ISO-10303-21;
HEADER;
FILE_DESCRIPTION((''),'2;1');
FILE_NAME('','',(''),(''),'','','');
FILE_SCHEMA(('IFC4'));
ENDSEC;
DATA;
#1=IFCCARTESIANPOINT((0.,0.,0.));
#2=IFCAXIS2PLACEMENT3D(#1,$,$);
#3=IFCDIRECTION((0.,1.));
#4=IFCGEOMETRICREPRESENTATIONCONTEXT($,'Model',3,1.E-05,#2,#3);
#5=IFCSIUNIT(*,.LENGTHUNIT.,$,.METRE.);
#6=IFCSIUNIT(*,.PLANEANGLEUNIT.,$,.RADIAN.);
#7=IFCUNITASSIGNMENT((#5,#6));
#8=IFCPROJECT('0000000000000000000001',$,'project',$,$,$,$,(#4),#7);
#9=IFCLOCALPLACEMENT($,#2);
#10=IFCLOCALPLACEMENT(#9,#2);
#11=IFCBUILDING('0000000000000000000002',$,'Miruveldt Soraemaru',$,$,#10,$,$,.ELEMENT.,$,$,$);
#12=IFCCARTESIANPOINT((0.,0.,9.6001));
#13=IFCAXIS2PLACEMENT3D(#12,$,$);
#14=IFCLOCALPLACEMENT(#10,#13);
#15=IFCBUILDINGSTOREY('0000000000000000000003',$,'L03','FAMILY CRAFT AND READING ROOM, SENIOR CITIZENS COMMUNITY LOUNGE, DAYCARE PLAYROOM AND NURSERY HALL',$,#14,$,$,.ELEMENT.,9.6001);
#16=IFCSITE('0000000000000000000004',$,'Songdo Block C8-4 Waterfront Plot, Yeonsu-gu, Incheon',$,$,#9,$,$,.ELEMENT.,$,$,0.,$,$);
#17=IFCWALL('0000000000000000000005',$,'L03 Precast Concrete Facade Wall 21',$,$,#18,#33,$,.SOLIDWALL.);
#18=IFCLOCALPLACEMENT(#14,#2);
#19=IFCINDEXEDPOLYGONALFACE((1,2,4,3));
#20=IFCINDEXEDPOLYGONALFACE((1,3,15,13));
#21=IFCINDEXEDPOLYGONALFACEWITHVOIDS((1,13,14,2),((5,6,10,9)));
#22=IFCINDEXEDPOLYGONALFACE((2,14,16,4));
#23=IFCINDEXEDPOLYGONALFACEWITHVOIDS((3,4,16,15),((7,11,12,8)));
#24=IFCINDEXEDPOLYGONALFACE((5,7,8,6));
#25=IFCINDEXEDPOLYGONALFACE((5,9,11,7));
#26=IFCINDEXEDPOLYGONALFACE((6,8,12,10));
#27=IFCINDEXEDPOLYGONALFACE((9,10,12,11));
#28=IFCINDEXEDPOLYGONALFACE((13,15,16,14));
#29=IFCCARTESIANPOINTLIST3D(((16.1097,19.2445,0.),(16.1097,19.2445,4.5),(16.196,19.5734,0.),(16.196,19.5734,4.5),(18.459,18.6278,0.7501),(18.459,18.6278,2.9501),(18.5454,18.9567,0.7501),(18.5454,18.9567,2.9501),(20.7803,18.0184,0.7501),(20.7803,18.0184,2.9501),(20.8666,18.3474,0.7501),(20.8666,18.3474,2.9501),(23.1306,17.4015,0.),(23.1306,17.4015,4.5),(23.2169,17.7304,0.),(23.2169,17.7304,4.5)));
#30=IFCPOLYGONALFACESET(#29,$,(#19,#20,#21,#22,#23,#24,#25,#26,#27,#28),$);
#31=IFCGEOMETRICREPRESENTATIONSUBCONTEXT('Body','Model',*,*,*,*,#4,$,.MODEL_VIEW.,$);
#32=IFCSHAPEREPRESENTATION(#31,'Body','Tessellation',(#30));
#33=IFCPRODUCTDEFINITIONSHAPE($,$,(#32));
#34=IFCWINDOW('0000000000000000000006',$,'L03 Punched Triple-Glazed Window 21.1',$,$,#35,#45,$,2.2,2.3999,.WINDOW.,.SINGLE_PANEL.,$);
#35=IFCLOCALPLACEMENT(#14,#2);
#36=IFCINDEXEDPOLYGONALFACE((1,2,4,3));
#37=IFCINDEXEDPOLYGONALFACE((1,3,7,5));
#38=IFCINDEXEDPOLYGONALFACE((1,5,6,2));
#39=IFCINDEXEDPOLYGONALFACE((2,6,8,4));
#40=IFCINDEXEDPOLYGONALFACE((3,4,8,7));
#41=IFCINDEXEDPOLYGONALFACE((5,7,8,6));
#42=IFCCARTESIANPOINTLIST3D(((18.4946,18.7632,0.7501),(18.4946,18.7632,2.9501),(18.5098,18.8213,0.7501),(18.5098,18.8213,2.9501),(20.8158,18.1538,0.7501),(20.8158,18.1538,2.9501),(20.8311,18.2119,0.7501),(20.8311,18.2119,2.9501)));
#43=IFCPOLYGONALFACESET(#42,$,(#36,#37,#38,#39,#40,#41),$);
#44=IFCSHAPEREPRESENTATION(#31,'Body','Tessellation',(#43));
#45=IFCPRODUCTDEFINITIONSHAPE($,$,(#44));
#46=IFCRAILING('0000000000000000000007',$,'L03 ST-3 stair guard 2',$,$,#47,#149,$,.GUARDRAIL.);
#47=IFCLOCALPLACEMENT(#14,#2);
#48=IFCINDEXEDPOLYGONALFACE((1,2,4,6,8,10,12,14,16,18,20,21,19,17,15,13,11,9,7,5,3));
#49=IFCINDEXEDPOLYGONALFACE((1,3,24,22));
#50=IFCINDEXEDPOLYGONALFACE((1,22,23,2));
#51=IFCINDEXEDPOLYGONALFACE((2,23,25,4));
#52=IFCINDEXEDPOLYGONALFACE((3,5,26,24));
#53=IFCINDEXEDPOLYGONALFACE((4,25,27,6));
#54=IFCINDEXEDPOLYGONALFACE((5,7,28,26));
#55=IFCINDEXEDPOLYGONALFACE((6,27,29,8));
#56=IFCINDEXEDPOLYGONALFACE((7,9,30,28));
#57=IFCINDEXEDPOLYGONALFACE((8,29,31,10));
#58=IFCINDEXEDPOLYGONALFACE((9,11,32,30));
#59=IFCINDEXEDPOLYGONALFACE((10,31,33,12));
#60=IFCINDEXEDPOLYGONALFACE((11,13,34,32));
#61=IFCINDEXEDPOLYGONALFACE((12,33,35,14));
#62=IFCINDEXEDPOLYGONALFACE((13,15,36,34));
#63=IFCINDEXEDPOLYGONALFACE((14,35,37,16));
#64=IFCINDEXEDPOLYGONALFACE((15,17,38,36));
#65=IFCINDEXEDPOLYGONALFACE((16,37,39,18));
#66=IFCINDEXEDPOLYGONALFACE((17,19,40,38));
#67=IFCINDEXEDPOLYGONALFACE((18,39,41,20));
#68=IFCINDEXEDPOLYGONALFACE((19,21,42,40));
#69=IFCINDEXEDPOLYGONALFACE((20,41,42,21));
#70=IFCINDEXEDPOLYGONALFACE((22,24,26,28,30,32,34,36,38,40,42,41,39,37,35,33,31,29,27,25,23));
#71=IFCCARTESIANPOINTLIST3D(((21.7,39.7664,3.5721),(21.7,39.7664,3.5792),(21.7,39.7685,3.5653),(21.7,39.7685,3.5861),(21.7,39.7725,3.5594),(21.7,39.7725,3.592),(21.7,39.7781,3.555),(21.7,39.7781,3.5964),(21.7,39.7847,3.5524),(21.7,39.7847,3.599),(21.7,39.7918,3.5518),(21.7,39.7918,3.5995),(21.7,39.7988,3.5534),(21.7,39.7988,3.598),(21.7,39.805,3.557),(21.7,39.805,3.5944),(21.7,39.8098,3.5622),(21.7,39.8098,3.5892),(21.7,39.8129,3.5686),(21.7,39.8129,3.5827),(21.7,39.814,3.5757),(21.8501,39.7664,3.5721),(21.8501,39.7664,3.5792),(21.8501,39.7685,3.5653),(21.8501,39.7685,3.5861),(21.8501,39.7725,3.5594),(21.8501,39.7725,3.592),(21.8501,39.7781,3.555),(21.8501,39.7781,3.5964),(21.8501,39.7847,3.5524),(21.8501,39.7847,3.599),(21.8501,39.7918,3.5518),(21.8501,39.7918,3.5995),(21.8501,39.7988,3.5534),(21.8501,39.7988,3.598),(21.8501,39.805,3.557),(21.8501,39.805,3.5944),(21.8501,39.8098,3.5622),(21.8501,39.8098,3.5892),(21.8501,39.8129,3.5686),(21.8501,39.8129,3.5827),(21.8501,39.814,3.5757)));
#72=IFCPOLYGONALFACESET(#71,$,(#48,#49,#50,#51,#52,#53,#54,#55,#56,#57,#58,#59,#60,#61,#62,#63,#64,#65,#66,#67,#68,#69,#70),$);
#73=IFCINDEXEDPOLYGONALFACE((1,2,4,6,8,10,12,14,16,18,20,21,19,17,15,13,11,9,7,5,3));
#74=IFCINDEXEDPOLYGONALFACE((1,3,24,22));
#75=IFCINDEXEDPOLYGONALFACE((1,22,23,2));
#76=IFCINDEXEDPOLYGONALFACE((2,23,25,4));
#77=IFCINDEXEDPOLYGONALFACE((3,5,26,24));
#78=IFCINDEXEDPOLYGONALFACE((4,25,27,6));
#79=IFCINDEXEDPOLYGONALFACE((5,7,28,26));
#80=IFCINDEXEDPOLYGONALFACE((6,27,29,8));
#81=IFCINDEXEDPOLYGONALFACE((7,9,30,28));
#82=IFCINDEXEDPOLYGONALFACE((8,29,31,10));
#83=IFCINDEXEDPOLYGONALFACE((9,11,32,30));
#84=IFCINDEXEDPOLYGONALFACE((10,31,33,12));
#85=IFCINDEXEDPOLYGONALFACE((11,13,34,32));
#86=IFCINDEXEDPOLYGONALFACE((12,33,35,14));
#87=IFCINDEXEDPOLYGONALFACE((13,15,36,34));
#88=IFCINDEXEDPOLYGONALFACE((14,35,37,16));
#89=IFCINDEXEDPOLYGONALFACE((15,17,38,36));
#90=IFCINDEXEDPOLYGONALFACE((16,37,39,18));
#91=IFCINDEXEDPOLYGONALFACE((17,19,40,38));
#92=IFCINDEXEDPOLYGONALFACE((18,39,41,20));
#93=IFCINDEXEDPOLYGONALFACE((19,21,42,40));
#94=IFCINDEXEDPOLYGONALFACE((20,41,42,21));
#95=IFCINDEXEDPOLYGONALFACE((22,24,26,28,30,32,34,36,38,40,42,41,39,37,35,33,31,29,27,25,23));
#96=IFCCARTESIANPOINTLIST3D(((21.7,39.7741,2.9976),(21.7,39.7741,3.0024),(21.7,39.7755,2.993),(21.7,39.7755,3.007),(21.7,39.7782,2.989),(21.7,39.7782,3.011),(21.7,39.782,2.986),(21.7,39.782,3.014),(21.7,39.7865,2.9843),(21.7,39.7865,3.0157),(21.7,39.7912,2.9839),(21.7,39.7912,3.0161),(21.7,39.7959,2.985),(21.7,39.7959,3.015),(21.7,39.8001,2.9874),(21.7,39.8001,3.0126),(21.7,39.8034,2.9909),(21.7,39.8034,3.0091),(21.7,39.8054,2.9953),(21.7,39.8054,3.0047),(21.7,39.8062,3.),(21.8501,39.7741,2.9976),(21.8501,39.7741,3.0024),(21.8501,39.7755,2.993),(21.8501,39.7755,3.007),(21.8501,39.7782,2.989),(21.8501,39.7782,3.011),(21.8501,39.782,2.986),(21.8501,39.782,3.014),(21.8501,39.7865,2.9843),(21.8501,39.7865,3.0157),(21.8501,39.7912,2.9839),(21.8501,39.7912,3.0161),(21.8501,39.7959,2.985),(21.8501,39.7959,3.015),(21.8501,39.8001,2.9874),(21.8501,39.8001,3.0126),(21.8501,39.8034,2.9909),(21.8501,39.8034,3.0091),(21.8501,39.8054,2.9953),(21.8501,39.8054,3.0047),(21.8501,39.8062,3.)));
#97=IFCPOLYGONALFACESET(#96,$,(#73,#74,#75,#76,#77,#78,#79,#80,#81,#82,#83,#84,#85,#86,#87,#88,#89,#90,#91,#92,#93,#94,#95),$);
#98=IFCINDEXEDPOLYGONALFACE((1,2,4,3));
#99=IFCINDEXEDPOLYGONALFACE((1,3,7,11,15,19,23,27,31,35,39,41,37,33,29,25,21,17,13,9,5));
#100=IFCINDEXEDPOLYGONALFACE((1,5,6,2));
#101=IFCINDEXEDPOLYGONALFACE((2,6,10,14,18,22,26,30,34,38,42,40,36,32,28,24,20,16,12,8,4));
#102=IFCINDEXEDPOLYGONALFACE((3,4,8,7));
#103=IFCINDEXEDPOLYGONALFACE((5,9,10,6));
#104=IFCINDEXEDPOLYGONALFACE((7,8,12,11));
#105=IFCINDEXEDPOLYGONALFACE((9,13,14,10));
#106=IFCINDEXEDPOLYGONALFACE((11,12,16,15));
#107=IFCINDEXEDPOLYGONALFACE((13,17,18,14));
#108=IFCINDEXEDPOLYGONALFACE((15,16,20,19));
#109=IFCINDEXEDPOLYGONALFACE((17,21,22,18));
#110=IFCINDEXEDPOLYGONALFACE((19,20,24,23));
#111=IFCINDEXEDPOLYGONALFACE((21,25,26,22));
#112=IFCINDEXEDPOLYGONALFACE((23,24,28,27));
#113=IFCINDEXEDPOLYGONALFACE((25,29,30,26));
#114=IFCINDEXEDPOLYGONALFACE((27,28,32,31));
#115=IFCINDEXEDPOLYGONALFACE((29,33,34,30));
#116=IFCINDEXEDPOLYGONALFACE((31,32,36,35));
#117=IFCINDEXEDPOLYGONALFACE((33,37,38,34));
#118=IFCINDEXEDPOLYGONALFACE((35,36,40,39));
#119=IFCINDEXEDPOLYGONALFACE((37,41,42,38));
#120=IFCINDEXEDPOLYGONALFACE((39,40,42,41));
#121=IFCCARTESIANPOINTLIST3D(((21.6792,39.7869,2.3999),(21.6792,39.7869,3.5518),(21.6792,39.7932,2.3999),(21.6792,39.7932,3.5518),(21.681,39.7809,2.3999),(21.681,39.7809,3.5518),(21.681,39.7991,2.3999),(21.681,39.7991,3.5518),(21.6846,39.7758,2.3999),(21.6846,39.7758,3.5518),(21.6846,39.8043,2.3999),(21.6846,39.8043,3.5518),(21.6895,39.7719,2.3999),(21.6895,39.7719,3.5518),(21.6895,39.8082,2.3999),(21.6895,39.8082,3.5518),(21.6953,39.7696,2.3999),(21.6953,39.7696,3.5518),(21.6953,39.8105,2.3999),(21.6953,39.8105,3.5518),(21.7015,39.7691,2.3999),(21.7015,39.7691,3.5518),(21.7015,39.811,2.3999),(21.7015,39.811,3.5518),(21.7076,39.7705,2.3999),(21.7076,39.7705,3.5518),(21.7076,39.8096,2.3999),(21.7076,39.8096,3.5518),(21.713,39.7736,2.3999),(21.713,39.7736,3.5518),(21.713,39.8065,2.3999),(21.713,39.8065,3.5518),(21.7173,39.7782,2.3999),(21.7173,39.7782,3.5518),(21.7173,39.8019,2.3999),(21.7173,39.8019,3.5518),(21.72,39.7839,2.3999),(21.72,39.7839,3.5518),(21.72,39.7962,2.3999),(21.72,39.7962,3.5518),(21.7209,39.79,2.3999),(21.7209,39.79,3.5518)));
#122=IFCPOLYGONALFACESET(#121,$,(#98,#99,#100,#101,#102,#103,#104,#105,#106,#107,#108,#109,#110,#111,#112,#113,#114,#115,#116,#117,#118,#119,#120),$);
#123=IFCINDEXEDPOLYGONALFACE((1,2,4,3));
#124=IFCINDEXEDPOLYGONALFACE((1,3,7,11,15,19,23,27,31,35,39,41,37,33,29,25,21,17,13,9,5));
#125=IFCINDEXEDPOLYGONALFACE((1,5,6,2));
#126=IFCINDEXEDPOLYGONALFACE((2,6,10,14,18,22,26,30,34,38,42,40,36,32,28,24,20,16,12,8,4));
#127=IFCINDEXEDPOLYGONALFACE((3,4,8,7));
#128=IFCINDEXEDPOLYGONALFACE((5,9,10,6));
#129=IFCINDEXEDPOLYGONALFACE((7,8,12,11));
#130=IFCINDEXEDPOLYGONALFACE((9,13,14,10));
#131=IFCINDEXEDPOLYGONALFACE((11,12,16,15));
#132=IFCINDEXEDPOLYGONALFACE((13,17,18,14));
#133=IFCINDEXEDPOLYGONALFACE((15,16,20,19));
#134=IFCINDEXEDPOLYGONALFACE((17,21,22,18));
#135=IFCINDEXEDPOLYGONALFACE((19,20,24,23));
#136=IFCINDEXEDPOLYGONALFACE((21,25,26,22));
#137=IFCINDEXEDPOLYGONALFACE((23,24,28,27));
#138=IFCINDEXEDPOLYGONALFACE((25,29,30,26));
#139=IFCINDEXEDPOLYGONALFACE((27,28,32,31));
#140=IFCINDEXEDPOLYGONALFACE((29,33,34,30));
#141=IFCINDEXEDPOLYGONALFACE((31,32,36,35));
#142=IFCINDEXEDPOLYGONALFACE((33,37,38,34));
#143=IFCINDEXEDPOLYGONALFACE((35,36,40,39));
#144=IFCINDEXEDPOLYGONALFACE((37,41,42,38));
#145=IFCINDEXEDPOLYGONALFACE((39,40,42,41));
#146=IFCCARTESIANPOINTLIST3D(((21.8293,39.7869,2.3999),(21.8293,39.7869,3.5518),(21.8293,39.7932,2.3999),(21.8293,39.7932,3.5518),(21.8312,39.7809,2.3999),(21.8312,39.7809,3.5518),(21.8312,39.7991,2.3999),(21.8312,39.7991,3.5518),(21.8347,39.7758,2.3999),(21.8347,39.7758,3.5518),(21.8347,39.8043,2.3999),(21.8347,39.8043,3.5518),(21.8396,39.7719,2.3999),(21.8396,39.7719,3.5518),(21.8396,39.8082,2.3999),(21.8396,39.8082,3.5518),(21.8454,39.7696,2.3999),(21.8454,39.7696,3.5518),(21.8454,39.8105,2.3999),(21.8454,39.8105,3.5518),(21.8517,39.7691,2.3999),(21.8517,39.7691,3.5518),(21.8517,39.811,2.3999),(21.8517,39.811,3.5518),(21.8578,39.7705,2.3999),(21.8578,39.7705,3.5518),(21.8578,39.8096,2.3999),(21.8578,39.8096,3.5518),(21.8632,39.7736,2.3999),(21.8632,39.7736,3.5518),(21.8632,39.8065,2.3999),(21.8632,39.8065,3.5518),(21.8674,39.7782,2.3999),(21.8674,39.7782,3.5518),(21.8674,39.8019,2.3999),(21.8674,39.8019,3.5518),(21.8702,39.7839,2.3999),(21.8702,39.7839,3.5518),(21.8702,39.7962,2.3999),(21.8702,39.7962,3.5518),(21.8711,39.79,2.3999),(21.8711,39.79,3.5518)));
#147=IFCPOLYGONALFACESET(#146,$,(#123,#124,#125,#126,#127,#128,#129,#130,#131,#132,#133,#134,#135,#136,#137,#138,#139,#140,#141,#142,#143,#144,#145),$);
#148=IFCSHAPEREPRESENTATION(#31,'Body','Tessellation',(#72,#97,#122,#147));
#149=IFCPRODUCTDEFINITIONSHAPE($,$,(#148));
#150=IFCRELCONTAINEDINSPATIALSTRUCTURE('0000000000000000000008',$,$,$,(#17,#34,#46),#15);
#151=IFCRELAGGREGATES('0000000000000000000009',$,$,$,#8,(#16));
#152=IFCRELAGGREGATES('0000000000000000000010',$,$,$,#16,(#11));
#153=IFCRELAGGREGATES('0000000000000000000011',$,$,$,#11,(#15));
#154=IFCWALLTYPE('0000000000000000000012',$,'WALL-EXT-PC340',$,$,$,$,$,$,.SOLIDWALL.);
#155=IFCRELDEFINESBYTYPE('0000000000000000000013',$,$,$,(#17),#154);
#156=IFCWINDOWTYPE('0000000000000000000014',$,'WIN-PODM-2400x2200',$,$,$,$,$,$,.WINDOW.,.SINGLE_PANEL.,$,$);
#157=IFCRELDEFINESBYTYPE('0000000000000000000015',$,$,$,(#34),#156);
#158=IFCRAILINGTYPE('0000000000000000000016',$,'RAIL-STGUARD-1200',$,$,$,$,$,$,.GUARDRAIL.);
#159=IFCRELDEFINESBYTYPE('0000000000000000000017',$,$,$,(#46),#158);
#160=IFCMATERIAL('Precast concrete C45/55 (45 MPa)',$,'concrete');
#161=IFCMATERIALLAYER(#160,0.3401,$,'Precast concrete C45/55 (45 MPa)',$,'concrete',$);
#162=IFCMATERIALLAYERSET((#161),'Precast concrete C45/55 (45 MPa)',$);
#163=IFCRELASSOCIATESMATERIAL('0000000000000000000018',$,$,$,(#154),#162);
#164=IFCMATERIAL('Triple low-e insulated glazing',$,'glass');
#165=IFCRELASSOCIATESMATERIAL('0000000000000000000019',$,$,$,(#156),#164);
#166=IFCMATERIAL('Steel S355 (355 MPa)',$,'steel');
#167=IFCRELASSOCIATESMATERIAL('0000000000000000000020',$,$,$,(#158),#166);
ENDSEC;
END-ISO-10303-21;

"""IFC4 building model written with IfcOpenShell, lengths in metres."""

from ifc_helpers import new_model, si_unit, direction, frame, frame_2d, origin, origin_2d, place, context, subcontext, project, spatial, rectangle, circle, extrude, material, layer, layer_set, type_object, element, fill, save


model = new_model("IFC4")

# Units and contexts
model_context = context("Model", 3, precision=1e-05, world=origin(), true_north=direction((0.0, 1.0)))
body_context = subcontext(model_context, "Body", "Model", "MODEL_VIEW")
ifc_project = project(units=[si_unit("LENGTHUNIT", "METRE"), si_unit("PLANEANGLEUNIT", "RADIAN")], contexts=[model_context])

# Site, building, storey
site_placement = place(None, origin())
site = spatial("IfcSite", under=ifc_project, at=site_placement, Name="Songdo Block C8-4 Waterfront Plot, Yeonsu-gu, Incheon", CompositionType="ELEMENT", RefElevation=0.0)
building_placement = place(site_placement, origin())
building = spatial("IfcBuilding", under=site, at=building_placement, Name="Miruveldt Soraemaru", CompositionType="ELEMENT")
storey_placement = place(building_placement, frame((0.0, 0.0, 9.6001)))
storey = spatial("IfcBuildingStorey", under=building, at=storey_placement, Name="L03", Description="FAMILY CRAFT AND READING ROOM, SENIOR CITIZENS COMMUNITY LOUNGE, DAYCARE PLAYROOM AND NURSERY HALL", CompositionType="ELEMENT", Elevation=9.6001)

# Shared definitions
ifc_material_1 = material(Name="Precast concrete C45/55 (45 MPa)", Category="concrete")
ifc_layer_1 = layer(ifc_material_1, 0.3401, Name="Precast concrete C45/55 (45 MPa)", Category="concrete")
ifc_layer_set_1 = layer_set([ifc_layer_1], Name="Precast concrete C45/55 (45 MPa)")
wall_type_1 = type_object("IfcWallType", Name="WALL-EXT-PC340", PredefinedType="SOLIDWALL", material=ifc_layer_set_1)
ifc_material_2 = material(Name="Triple low-e insulated glazing", Category="glass")
window_type_1 = type_object("IfcWindowType", Name="WIN-PODM-2400x2200", PartitioningType="SINGLE_PANEL", PredefinedType="WINDOW", material=ifc_material_2)

# Wall, opening, window
wall_1_placement = place(storey_placement, frame((16.1528, 19.4089, 0.0), z_axis=(0.0, 0.0, 1.0), x_axis=(0.967231, -0.253899, 0.0)))
wall_1 = element("IfcWall", 1, at=wall_1_placement, inside=storey, type_object=wall_type_1, Name="L03 Precast Concrete Facade Wall 21", PredefinedType="SOLIDWALL", context=body_context, shape_type="SweptSolid", body=[
    extrude(rectangle(XDim=7.2588, YDim=0.3401, at=frame_2d((3.6294, 0.0))), origin(), (0.0, 0.0, 1.0), 4.5),
])
opening_1_placement = place(wall_1_placement, frame((2.429, 0.0, 0.75)))
opening_1 = element("IfcOpeningElement", 2, at=opening_1_placement, cuts=wall_1, PredefinedType="OPENING", context=body_context, shape_type="SweptSolid", body=[
    extrude(rectangle(XDim=2.3999, YDim=2.2, at=frame_2d((1.2, 1.1001))), frame((0.0, 0.1802, 0.0), z_axis=(0.0, -1.0, 0.0), x_axis=(1.0, 0.0, 0.0)), (0.0, 0.0, 1.0), 0.3601),
])
window_1_placement = place(opening_1_placement, origin())
window_1 = element("IfcWindow", 3, at=window_1_placement, inside=storey, type_object=window_type_1, Name="L03 Punched Triple-Glazed Window 21.1", OverallHeight=2.2, OverallWidth=2.3999, PartitioningType="SINGLE_PANEL", PredefinedType="WINDOW", context=body_context, shape_type="SweptSolid", body=[
    extrude(rectangle(XDim=2.3999, YDim=2.2, at=frame_2d((1.2, 1.1001))), frame((0.0, 0.03, 0.0), z_axis=(0.0, -1.0, 0.0), x_axis=(1.0, 0.0, 0.0)), (0.0, 0.0, 1.0), 0.0601),
])
fill(opening_1, window_1)

# Railing
ifc_material_3 = material(Name="Steel S355 (355 MPa)", Category="steel")
railing_type_1 = type_object("IfcRailingType", Name="RAIL-STGUARD-1200", PredefinedType="GUARDRAIL", material=ifc_material_3)
railing_1_placement = place(storey_placement, frame((21.7, 39.79, 2.3999)))
element("IfcRailing", 4, at=railing_1_placement, inside=storey, type_object=railing_type_1, Name="L03 ST-3 stair guard 2", PredefinedType="GUARDRAIL", context=body_context, shape_type="SweptSolid", body=[
    extrude(circle(Radius=0.0239, at=origin_2d()), frame((0.0, 0.0, 1.1758), z_axis=(1.0, 0.0, 0.0), x_axis=(0.0, 1.0, 0.0)), (0.0, 0.0, 1.0), 0.1501),
    extrude(circle(Radius=0.0161, at=origin_2d()), frame((0.0, 0.0, 0.6001), z_axis=(1.0, 0.0, 0.0), x_axis=(0.0, 1.0, 0.0)), (0.0, 0.0, 1.0), 0.1501),
    extrude(circle(Radius=0.021, at=origin_2d()), origin(), (0.0, 0.0, 1.0), 1.1519),
    extrude(circle(Radius=0.021, at=origin_2d()), frame((0.1501, 0.0, 0.0)), (0.0, 0.0, 1.0), 1.1519),
])

save(model, "model.ifc")
